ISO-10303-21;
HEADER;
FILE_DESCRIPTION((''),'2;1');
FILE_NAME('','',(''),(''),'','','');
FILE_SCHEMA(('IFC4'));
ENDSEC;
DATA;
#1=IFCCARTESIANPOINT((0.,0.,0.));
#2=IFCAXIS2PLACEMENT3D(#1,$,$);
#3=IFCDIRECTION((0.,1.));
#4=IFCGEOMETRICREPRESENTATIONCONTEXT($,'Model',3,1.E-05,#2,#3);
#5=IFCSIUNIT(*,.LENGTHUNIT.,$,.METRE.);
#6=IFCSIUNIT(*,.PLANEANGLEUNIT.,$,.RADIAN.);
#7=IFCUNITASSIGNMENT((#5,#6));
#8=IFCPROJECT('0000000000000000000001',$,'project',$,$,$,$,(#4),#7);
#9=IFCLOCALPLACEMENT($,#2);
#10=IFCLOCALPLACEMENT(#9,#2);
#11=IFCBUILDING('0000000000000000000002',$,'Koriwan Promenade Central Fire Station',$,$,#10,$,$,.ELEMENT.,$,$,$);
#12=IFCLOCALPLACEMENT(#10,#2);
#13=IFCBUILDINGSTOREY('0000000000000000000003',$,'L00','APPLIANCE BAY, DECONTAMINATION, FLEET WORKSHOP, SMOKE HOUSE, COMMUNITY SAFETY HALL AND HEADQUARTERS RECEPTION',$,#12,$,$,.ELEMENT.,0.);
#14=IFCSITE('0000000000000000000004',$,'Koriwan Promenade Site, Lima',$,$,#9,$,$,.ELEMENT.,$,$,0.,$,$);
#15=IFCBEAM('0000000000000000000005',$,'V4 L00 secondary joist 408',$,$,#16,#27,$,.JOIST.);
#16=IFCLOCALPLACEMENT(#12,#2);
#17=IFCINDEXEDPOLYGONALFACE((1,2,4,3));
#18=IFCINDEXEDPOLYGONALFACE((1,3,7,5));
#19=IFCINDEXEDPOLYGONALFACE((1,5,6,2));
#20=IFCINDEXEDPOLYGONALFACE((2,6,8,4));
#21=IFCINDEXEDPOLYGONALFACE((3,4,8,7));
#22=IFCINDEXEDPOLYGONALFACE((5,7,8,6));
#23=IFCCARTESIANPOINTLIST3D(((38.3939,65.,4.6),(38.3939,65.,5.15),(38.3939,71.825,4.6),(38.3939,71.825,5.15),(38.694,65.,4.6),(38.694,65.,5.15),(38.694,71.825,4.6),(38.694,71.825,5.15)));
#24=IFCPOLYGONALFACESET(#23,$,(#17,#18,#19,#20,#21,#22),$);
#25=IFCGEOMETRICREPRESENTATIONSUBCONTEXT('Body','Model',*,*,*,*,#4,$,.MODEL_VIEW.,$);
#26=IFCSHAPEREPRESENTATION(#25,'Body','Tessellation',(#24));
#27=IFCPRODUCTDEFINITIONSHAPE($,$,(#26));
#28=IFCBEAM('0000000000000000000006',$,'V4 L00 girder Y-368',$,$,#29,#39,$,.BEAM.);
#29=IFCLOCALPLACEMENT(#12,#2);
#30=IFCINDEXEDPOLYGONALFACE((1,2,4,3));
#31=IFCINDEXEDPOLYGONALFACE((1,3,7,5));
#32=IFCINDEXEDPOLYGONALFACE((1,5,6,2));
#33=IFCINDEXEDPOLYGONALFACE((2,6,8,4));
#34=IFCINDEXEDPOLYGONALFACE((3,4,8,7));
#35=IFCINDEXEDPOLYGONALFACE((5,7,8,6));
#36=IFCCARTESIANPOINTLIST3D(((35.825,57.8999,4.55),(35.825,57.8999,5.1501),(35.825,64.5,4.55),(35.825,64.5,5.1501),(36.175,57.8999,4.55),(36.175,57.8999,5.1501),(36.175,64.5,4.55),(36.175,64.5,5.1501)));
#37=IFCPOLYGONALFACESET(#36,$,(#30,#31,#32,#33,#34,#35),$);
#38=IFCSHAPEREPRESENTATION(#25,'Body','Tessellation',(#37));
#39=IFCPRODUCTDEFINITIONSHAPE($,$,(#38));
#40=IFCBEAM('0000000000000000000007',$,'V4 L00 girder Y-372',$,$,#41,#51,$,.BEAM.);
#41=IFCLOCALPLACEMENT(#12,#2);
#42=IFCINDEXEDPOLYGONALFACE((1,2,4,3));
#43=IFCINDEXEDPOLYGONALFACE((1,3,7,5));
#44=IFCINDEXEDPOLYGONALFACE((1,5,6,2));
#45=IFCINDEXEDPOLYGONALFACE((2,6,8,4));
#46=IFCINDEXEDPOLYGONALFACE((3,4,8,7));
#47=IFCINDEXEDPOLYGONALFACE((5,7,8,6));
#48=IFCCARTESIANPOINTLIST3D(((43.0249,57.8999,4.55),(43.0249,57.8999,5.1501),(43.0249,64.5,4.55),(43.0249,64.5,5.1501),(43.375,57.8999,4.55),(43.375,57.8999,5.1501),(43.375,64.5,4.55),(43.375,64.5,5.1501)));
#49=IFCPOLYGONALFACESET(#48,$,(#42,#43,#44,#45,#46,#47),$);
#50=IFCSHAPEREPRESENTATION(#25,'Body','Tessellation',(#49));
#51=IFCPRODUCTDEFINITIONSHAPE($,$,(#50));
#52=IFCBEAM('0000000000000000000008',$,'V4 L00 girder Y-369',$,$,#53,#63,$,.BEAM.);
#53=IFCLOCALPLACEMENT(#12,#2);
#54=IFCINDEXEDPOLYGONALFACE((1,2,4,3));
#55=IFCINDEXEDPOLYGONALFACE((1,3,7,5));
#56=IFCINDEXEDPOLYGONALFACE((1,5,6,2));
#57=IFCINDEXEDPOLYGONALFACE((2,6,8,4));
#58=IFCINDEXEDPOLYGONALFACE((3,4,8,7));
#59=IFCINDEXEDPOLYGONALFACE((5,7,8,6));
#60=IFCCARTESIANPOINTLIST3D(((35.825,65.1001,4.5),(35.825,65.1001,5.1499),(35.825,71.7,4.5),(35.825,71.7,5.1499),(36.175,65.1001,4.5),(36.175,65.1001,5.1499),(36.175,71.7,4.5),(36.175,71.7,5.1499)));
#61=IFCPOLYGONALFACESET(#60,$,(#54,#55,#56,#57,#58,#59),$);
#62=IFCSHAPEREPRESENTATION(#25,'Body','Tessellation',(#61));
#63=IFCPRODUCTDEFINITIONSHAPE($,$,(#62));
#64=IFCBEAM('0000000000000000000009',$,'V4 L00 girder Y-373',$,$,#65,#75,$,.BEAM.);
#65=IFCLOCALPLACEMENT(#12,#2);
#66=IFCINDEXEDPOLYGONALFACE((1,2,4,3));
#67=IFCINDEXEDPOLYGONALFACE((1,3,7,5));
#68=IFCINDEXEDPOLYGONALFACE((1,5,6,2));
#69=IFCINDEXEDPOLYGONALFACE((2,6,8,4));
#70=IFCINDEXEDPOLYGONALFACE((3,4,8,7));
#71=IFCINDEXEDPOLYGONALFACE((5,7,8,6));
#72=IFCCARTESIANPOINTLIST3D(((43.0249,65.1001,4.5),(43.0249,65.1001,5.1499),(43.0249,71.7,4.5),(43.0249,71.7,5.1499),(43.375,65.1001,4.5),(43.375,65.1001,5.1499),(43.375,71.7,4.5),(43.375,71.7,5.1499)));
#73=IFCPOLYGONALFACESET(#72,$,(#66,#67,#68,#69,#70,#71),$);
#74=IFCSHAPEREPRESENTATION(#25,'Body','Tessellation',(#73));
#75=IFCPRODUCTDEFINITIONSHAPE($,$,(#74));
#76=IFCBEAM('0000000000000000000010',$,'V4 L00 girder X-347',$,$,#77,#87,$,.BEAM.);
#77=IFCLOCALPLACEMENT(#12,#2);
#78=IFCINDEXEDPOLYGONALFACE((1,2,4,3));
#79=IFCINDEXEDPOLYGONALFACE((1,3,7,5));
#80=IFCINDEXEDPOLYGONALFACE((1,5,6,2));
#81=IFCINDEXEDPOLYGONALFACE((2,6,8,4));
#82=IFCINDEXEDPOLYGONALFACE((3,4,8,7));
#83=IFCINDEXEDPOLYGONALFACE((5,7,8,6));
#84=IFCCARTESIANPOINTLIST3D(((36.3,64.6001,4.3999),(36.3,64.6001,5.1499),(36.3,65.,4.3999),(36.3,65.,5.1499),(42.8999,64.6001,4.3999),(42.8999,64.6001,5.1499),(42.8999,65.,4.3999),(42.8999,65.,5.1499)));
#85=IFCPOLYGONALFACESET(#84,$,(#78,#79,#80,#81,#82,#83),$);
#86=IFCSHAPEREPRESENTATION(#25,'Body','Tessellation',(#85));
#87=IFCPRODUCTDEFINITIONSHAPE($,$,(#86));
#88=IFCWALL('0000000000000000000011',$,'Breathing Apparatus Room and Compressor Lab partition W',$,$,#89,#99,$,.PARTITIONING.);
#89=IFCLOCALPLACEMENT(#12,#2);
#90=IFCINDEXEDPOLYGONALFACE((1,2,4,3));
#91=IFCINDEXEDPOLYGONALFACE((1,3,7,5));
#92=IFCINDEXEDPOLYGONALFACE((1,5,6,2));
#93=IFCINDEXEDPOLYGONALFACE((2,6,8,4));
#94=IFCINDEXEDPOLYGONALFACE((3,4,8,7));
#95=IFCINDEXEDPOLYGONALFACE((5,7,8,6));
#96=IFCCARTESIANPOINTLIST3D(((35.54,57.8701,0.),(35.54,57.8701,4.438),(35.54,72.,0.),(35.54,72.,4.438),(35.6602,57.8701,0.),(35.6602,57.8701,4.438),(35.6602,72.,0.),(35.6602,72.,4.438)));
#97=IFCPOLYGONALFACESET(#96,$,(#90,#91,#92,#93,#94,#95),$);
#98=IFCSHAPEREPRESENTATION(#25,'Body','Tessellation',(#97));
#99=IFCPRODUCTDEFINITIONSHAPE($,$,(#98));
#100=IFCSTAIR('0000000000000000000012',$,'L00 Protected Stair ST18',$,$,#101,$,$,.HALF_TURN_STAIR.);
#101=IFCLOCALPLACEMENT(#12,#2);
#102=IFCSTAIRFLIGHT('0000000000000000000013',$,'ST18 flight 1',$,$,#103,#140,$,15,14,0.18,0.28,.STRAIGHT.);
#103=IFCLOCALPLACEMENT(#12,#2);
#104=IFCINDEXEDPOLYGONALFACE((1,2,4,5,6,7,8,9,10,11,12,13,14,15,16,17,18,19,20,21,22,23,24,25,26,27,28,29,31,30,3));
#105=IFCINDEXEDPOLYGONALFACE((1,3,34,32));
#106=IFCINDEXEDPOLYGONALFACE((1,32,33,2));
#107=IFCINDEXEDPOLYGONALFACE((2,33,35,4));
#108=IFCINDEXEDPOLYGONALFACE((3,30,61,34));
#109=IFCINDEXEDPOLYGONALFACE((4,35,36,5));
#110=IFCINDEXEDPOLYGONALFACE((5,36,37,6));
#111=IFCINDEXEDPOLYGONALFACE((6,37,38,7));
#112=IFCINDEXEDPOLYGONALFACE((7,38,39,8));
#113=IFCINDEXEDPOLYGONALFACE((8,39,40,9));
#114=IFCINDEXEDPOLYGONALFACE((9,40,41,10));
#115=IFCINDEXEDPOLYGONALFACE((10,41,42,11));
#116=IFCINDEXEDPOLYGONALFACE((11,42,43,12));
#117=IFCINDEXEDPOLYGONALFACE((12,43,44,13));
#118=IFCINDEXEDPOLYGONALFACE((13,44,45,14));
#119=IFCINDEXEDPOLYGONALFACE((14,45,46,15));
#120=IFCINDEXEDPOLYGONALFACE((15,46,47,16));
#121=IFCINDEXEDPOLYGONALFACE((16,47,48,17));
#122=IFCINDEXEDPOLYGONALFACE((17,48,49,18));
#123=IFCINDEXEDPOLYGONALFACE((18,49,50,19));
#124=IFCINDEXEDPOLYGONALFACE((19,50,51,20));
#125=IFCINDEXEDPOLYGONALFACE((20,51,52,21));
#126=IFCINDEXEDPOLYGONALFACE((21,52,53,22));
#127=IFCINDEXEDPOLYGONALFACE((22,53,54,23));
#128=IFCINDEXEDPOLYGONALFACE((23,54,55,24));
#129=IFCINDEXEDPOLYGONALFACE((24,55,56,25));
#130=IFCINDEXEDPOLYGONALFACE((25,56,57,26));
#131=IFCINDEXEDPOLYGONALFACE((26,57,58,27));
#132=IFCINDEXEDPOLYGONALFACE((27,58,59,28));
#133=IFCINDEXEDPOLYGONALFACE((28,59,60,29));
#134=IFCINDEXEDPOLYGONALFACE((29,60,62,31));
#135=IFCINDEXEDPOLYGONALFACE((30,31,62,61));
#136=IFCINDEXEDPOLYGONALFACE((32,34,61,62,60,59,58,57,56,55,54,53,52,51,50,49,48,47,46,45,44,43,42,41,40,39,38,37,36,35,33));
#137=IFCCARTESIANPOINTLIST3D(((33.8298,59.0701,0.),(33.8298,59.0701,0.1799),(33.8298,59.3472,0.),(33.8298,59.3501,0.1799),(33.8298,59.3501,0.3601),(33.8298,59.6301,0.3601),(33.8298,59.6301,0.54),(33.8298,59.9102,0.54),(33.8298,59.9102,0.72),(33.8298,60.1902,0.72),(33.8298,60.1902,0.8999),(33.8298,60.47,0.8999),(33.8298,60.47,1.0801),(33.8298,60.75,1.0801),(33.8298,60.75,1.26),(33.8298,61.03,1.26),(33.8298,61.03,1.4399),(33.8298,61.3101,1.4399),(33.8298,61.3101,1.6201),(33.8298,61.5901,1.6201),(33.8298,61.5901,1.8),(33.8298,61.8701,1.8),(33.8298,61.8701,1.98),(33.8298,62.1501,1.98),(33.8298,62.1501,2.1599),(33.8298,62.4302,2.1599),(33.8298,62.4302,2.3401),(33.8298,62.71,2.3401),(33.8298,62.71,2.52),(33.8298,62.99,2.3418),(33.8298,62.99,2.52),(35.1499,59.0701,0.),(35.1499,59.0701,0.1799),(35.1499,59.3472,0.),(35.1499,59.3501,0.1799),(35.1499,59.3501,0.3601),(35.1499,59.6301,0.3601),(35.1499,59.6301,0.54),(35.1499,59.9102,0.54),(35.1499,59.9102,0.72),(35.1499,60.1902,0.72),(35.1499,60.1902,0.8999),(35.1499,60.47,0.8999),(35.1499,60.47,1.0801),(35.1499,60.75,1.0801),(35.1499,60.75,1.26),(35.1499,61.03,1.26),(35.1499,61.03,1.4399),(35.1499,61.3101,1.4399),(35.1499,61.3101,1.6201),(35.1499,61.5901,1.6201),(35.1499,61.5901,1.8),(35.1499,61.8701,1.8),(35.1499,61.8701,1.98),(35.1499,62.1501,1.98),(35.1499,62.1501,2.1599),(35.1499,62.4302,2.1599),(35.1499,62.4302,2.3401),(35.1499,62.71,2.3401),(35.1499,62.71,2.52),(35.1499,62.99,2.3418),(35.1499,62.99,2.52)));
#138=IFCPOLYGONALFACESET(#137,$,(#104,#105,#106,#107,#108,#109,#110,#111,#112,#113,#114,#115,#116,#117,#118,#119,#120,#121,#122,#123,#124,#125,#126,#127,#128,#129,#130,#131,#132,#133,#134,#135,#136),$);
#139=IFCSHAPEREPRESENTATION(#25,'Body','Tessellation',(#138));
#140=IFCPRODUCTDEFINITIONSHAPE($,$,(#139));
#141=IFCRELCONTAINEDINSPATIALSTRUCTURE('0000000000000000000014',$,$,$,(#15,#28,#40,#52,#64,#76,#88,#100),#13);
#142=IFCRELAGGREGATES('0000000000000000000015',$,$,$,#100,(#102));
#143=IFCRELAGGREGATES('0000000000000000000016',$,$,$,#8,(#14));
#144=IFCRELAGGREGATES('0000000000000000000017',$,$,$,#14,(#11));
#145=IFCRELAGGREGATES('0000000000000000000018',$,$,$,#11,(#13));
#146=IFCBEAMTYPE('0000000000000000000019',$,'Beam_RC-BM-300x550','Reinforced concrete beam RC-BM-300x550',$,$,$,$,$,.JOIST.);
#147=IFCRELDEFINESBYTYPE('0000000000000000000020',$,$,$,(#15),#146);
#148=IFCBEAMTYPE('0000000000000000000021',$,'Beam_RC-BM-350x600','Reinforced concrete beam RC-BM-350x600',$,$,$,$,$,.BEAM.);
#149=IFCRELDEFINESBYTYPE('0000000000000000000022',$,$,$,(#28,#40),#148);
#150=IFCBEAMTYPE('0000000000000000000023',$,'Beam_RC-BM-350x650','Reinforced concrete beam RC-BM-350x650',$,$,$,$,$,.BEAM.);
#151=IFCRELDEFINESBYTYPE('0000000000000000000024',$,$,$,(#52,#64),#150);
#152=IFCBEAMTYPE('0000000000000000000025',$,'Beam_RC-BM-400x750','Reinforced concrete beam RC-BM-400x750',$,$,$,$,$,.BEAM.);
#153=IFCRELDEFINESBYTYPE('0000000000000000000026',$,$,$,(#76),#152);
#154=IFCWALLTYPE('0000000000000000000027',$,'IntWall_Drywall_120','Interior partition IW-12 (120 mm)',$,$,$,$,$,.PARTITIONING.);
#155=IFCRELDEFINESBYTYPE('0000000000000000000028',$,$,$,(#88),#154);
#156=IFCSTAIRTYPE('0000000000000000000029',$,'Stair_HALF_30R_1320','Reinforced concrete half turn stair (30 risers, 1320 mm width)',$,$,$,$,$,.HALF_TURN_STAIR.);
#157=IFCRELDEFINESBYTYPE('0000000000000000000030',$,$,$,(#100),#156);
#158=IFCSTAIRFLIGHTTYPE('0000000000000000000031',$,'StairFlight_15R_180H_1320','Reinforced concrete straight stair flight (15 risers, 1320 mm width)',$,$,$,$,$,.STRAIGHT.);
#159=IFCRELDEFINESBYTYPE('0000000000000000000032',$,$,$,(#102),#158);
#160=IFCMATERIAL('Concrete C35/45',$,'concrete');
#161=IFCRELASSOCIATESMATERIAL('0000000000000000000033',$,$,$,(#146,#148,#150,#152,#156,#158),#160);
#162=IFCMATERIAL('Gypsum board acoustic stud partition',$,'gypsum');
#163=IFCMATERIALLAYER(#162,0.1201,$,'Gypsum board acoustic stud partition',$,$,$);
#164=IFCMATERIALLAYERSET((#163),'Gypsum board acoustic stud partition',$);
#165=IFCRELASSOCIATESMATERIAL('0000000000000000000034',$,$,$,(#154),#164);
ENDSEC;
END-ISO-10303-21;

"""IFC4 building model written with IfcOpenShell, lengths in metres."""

from ifc_helpers import new_model, si_unit, direction, frame, frame_2d, origin, origin_2d, place, context, subcontext, project, spatial, polyline, rectangle, outline, extrude, material, layer, layer_set, material_profile, profile_set, type_object, element, aggregate, save


model = new_model("IFC4")

# Units and contexts
model_context = context("Model", 3, precision=1e-05, world=origin(), true_north=direction((0.0, 1.0)))
body_context = subcontext(model_context, "Body", "Model", "MODEL_VIEW")
ifc_project = project(units=[si_unit("LENGTHUNIT", "METRE"), si_unit("PLANEANGLEUNIT", "RADIAN")], contexts=[model_context])

# Site, building, storey
site_placement = place(None, origin())
site = spatial("IfcSite", under=ifc_project, at=site_placement, Name="Koriwan Promenade Site, Lima", CompositionType="ELEMENT", RefElevation=0.0)
building_placement = place(site_placement, origin())
building = spatial("IfcBuilding", under=site, at=building_placement, Name="Koriwan Promenade Central Fire Station", CompositionType="ELEMENT")
storey_placement = place(building_placement, origin())
storey = spatial("IfcBuildingStorey", under=building, at=storey_placement, Name="L00", Description="APPLIANCE BAY, DECONTAMINATION, FLEET WORKSHOP, SMOKE HOUSE, COMMUNITY SAFETY HALL AND HEADQUARTERS RECEPTION", CompositionType="ELEMENT", Elevation=0.0)

# Shared definitions
ifc_material_1 = material(Name="Concrete C35/45", Category="concrete")

# Beams
ifc_material_profile_1 = material_profile(ifc_material_1, rectangle(XDim=0.3, YDim=0.55, at=origin_2d()), Name="RC-BM-300x550")
ifc_profile_set_1 = profile_set([ifc_material_profile_1], Name="Concrete C35/45")
beam_type_1 = type_object("IfcBeamType", Name="Beam_RC-BM-300x550", Description="Reinforced concrete beam RC-BM-300x550", PredefinedType="JOIST", material=ifc_profile_set_1)
beam_1_placement = place(storey_placement, frame((38.5439, 65.0, 4.875), z_axis=(0.0, 1.0, 0.0), x_axis=(-1.0, 0.0, 0.0)))
element("IfcBeam", 1, at=beam_1_placement, inside=storey, type_object=beam_type_1, Name="V4 L00 secondary joist 408", PredefinedType="JOIST", context=body_context, shape_type="SweptSolid", body=[
    extrude(rectangle(XDim=0.3, YDim=0.55, at=origin_2d()), origin(), (0.0, 0.0, 1.0), 6.825),
])
ifc_material_profile_2 = material_profile(ifc_material_1, rectangle(XDim=0.3501, YDim=0.6001, at=origin_2d()), Name="RC-BM-350x600")
ifc_profile_set_2 = profile_set([ifc_material_profile_2], Name="Concrete C35/45")
beam_type_2 = type_object("IfcBeamType", Name="Beam_RC-BM-350x600", Description="Reinforced concrete beam RC-BM-350x600", PredefinedType="BEAM", material=ifc_profile_set_2)
for number, where, z_axis, x_axis, name in (
    (2, (36.0, 57.8999, 4.8501), (0.0, 1.0, 0.0), (-1.0, 0.0, 0.0), "V4 L00 girder Y-368"),
    (3, (43.2, 57.8999, 4.8501), (0.0, 1.0, 0.0), (-1.0, 0.0, 0.0), "V4 L00 girder Y-372"),
):
    element("IfcBeam", number, at=place(storey_placement, frame(where, z_axis=z_axis, x_axis=x_axis)), inside=storey, type_object=beam_type_2, Name=name, PredefinedType="BEAM", context=body_context, shape_type="SweptSolid", body=[
        extrude(rectangle(XDim=0.3501, YDim=0.6001, at=origin_2d()), origin(), (0.0, 0.0, 1.0), 6.6001),
    ])
ifc_material_profile_3 = material_profile(ifc_material_1, rectangle(XDim=0.3501, YDim=0.6499, at=origin_2d()), Name="RC-BM-350x650")
ifc_profile_set_3 = profile_set([ifc_material_profile_3], Name="Concrete C35/45")
beam_type_3 = type_object("IfcBeamType", Name="Beam_RC-BM-350x650", Description="Reinforced concrete beam RC-BM-350x650", PredefinedType="BEAM", material=ifc_profile_set_3)
for number, where, z_axis, x_axis, name in (
    (4, (36.0, 65.1001, 4.825), (0.0, 1.0, 0.0), (-1.0, 0.0, 0.0), "V4 L00 girder Y-369"),
    (5, (43.2, 65.1001, 4.825), (0.0, 1.0, 0.0), (-1.0, 0.0, 0.0), "V4 L00 girder Y-373"),
):
    element("IfcBeam", number, at=place(storey_placement, frame(where, z_axis=z_axis, x_axis=x_axis)), inside=storey, type_object=beam_type_3, Name=name, PredefinedType="BEAM", context=body_context, shape_type="SweptSolid", body=[
        extrude(rectangle(XDim=0.3501, YDim=0.6499, at=origin_2d()), origin(), (0.0, 0.0, 1.0), 6.5999),
    ])
ifc_material_profile_4 = material_profile(ifc_material_1, rectangle(XDim=0.3999, YDim=0.75, at=origin_2d()), Name="RC-BM-400x750")
ifc_profile_set_4 = profile_set([ifc_material_profile_4], Name="Concrete C35/45")
beam_type_4 = type_object("IfcBeamType", Name="Beam_RC-BM-400x750", Description="Reinforced concrete beam RC-BM-400x750", PredefinedType="BEAM", material=ifc_profile_set_4)
beam_2_placement = place(storey_placement, frame((36.3, 64.8, 4.7749), z_axis=(1.0, 0.0, 0.0), x_axis=(0.0, 1.0, 0.0)))
element("IfcBeam", 6, at=beam_2_placement, inside=storey, type_object=beam_type_4, Name="V4 L00 girder X-347", PredefinedType="BEAM", context=body_context, shape_type="SweptSolid", body=[
    extrude(rectangle(XDim=0.3999, YDim=0.75, at=origin_2d()), origin(), (0.0, 0.0, 1.0), 6.5999),
])

# Wall
ifc_material_2 = material(Name="Gypsum board acoustic stud partition", Category="gypsum")
ifc_layer_1 = layer(ifc_material_2, 0.1201, Name="Gypsum board acoustic stud partition")
ifc_layer_set_1 = layer_set([ifc_layer_1], Name="Gypsum board acoustic stud partition")
wall_type = type_object("IfcWallType", Name="IntWall_Drywall_120", Description="Interior partition IW-12 (120 mm)", PredefinedType="PARTITIONING", material=ifc_layer_set_1)
wall_placement = place(storey_placement, frame((35.6001, 57.8701, 0.0), z_axis=(0.0, 0.0, 1.0), x_axis=(0.0, 1.0, 0.0)))
element("IfcWall", 7, at=wall_placement, inside=storey, type_object=wall_type, Name="Breathing Apparatus Room and Compressor Lab partition W", PredefinedType="PARTITIONING", context=body_context, shape_type="SweptSolid", body=[
    extrude(rectangle(XDim=14.1299, YDim=0.1201, at=frame_2d((7.0649, 0.0))), origin(), (0.0, 0.0, 1.0), 4.438),
])

# Stair, stair flight
stair_type = type_object("IfcStairType", Name="Stair_HALF_30R_1320", Description="Reinforced concrete half turn stair (30 risers, 1320 mm width)", PredefinedType="HALF_TURN_STAIR", material=ifc_material_1)
stair_placement = place(storey_placement, origin())
stair = element("IfcStair", 8, at=stair_placement, inside=storey, type_object=stair_type, Name="L00 Protected Stair ST18", PredefinedType="HALF_TURN_STAIR")
stair_flight_type = type_object("IfcStairFlightType", Name="StairFlight_15R_180H_1320", Description="Reinforced concrete straight stair flight (15 risers, 1320 mm width)", PredefinedType="STRAIGHT", material=ifc_material_1)
stair_flight_placement = place(storey_placement, frame((34.49, 59.0701, 0.0), z_axis=(0.0, 0.0, 1.0), x_axis=(0.0, 1.0, 0.0)))
stair_flight = element("IfcStairFlight", 9, at=stair_flight_placement, type_object=stair_flight_type, Name="ST18 flight 1", NumberOfRisers=15, NumberOfTreads=14, PredefinedType="STRAIGHT", RiserHeight=0.18, TreadLength=0.28, context=body_context, shape_type="SweptSolid", body=[
    extrude(outline(polyline([(0.0, 0.0), (0.0, 0.1799), (0.28, 0.1799), (0.28, 0.3601), (0.5601, 0.3601), (0.5601, 0.54), (0.8401, 0.54), (0.8401, 0.72), (1.1201, 0.72), (1.1201, 0.8999), (1.3999, 0.8999), (1.3999, 1.0801), (1.6799, 1.0801), (1.6799, 1.26), (1.96, 1.26), (1.96, 1.4399), (2.24, 1.4399), (2.24, 1.6201), (2.52, 1.6201), (2.52, 1.8), (2.8, 1.8), (2.8, 1.98), (3.0801, 1.98), (3.0801, 2.1599), (3.3601, 2.1599), (3.3601, 2.3401), (3.6399, 2.3401), (3.6399, 2.52), (3.9199, 2.52), (3.9199, 2.7), (3.9199, 2.3418), (0.2771, 0.0), (0.0, 0.0)])), frame((0.0, 0.6602, 0.0), z_axis=(0.0, -1.0, 0.0), x_axis=(1.0, 0.0, 0.0)), (0.0, 0.0, 1.0), 1.3201),
])
aggregate(stair, [stair_flight])

save(model, "model.ifc")
